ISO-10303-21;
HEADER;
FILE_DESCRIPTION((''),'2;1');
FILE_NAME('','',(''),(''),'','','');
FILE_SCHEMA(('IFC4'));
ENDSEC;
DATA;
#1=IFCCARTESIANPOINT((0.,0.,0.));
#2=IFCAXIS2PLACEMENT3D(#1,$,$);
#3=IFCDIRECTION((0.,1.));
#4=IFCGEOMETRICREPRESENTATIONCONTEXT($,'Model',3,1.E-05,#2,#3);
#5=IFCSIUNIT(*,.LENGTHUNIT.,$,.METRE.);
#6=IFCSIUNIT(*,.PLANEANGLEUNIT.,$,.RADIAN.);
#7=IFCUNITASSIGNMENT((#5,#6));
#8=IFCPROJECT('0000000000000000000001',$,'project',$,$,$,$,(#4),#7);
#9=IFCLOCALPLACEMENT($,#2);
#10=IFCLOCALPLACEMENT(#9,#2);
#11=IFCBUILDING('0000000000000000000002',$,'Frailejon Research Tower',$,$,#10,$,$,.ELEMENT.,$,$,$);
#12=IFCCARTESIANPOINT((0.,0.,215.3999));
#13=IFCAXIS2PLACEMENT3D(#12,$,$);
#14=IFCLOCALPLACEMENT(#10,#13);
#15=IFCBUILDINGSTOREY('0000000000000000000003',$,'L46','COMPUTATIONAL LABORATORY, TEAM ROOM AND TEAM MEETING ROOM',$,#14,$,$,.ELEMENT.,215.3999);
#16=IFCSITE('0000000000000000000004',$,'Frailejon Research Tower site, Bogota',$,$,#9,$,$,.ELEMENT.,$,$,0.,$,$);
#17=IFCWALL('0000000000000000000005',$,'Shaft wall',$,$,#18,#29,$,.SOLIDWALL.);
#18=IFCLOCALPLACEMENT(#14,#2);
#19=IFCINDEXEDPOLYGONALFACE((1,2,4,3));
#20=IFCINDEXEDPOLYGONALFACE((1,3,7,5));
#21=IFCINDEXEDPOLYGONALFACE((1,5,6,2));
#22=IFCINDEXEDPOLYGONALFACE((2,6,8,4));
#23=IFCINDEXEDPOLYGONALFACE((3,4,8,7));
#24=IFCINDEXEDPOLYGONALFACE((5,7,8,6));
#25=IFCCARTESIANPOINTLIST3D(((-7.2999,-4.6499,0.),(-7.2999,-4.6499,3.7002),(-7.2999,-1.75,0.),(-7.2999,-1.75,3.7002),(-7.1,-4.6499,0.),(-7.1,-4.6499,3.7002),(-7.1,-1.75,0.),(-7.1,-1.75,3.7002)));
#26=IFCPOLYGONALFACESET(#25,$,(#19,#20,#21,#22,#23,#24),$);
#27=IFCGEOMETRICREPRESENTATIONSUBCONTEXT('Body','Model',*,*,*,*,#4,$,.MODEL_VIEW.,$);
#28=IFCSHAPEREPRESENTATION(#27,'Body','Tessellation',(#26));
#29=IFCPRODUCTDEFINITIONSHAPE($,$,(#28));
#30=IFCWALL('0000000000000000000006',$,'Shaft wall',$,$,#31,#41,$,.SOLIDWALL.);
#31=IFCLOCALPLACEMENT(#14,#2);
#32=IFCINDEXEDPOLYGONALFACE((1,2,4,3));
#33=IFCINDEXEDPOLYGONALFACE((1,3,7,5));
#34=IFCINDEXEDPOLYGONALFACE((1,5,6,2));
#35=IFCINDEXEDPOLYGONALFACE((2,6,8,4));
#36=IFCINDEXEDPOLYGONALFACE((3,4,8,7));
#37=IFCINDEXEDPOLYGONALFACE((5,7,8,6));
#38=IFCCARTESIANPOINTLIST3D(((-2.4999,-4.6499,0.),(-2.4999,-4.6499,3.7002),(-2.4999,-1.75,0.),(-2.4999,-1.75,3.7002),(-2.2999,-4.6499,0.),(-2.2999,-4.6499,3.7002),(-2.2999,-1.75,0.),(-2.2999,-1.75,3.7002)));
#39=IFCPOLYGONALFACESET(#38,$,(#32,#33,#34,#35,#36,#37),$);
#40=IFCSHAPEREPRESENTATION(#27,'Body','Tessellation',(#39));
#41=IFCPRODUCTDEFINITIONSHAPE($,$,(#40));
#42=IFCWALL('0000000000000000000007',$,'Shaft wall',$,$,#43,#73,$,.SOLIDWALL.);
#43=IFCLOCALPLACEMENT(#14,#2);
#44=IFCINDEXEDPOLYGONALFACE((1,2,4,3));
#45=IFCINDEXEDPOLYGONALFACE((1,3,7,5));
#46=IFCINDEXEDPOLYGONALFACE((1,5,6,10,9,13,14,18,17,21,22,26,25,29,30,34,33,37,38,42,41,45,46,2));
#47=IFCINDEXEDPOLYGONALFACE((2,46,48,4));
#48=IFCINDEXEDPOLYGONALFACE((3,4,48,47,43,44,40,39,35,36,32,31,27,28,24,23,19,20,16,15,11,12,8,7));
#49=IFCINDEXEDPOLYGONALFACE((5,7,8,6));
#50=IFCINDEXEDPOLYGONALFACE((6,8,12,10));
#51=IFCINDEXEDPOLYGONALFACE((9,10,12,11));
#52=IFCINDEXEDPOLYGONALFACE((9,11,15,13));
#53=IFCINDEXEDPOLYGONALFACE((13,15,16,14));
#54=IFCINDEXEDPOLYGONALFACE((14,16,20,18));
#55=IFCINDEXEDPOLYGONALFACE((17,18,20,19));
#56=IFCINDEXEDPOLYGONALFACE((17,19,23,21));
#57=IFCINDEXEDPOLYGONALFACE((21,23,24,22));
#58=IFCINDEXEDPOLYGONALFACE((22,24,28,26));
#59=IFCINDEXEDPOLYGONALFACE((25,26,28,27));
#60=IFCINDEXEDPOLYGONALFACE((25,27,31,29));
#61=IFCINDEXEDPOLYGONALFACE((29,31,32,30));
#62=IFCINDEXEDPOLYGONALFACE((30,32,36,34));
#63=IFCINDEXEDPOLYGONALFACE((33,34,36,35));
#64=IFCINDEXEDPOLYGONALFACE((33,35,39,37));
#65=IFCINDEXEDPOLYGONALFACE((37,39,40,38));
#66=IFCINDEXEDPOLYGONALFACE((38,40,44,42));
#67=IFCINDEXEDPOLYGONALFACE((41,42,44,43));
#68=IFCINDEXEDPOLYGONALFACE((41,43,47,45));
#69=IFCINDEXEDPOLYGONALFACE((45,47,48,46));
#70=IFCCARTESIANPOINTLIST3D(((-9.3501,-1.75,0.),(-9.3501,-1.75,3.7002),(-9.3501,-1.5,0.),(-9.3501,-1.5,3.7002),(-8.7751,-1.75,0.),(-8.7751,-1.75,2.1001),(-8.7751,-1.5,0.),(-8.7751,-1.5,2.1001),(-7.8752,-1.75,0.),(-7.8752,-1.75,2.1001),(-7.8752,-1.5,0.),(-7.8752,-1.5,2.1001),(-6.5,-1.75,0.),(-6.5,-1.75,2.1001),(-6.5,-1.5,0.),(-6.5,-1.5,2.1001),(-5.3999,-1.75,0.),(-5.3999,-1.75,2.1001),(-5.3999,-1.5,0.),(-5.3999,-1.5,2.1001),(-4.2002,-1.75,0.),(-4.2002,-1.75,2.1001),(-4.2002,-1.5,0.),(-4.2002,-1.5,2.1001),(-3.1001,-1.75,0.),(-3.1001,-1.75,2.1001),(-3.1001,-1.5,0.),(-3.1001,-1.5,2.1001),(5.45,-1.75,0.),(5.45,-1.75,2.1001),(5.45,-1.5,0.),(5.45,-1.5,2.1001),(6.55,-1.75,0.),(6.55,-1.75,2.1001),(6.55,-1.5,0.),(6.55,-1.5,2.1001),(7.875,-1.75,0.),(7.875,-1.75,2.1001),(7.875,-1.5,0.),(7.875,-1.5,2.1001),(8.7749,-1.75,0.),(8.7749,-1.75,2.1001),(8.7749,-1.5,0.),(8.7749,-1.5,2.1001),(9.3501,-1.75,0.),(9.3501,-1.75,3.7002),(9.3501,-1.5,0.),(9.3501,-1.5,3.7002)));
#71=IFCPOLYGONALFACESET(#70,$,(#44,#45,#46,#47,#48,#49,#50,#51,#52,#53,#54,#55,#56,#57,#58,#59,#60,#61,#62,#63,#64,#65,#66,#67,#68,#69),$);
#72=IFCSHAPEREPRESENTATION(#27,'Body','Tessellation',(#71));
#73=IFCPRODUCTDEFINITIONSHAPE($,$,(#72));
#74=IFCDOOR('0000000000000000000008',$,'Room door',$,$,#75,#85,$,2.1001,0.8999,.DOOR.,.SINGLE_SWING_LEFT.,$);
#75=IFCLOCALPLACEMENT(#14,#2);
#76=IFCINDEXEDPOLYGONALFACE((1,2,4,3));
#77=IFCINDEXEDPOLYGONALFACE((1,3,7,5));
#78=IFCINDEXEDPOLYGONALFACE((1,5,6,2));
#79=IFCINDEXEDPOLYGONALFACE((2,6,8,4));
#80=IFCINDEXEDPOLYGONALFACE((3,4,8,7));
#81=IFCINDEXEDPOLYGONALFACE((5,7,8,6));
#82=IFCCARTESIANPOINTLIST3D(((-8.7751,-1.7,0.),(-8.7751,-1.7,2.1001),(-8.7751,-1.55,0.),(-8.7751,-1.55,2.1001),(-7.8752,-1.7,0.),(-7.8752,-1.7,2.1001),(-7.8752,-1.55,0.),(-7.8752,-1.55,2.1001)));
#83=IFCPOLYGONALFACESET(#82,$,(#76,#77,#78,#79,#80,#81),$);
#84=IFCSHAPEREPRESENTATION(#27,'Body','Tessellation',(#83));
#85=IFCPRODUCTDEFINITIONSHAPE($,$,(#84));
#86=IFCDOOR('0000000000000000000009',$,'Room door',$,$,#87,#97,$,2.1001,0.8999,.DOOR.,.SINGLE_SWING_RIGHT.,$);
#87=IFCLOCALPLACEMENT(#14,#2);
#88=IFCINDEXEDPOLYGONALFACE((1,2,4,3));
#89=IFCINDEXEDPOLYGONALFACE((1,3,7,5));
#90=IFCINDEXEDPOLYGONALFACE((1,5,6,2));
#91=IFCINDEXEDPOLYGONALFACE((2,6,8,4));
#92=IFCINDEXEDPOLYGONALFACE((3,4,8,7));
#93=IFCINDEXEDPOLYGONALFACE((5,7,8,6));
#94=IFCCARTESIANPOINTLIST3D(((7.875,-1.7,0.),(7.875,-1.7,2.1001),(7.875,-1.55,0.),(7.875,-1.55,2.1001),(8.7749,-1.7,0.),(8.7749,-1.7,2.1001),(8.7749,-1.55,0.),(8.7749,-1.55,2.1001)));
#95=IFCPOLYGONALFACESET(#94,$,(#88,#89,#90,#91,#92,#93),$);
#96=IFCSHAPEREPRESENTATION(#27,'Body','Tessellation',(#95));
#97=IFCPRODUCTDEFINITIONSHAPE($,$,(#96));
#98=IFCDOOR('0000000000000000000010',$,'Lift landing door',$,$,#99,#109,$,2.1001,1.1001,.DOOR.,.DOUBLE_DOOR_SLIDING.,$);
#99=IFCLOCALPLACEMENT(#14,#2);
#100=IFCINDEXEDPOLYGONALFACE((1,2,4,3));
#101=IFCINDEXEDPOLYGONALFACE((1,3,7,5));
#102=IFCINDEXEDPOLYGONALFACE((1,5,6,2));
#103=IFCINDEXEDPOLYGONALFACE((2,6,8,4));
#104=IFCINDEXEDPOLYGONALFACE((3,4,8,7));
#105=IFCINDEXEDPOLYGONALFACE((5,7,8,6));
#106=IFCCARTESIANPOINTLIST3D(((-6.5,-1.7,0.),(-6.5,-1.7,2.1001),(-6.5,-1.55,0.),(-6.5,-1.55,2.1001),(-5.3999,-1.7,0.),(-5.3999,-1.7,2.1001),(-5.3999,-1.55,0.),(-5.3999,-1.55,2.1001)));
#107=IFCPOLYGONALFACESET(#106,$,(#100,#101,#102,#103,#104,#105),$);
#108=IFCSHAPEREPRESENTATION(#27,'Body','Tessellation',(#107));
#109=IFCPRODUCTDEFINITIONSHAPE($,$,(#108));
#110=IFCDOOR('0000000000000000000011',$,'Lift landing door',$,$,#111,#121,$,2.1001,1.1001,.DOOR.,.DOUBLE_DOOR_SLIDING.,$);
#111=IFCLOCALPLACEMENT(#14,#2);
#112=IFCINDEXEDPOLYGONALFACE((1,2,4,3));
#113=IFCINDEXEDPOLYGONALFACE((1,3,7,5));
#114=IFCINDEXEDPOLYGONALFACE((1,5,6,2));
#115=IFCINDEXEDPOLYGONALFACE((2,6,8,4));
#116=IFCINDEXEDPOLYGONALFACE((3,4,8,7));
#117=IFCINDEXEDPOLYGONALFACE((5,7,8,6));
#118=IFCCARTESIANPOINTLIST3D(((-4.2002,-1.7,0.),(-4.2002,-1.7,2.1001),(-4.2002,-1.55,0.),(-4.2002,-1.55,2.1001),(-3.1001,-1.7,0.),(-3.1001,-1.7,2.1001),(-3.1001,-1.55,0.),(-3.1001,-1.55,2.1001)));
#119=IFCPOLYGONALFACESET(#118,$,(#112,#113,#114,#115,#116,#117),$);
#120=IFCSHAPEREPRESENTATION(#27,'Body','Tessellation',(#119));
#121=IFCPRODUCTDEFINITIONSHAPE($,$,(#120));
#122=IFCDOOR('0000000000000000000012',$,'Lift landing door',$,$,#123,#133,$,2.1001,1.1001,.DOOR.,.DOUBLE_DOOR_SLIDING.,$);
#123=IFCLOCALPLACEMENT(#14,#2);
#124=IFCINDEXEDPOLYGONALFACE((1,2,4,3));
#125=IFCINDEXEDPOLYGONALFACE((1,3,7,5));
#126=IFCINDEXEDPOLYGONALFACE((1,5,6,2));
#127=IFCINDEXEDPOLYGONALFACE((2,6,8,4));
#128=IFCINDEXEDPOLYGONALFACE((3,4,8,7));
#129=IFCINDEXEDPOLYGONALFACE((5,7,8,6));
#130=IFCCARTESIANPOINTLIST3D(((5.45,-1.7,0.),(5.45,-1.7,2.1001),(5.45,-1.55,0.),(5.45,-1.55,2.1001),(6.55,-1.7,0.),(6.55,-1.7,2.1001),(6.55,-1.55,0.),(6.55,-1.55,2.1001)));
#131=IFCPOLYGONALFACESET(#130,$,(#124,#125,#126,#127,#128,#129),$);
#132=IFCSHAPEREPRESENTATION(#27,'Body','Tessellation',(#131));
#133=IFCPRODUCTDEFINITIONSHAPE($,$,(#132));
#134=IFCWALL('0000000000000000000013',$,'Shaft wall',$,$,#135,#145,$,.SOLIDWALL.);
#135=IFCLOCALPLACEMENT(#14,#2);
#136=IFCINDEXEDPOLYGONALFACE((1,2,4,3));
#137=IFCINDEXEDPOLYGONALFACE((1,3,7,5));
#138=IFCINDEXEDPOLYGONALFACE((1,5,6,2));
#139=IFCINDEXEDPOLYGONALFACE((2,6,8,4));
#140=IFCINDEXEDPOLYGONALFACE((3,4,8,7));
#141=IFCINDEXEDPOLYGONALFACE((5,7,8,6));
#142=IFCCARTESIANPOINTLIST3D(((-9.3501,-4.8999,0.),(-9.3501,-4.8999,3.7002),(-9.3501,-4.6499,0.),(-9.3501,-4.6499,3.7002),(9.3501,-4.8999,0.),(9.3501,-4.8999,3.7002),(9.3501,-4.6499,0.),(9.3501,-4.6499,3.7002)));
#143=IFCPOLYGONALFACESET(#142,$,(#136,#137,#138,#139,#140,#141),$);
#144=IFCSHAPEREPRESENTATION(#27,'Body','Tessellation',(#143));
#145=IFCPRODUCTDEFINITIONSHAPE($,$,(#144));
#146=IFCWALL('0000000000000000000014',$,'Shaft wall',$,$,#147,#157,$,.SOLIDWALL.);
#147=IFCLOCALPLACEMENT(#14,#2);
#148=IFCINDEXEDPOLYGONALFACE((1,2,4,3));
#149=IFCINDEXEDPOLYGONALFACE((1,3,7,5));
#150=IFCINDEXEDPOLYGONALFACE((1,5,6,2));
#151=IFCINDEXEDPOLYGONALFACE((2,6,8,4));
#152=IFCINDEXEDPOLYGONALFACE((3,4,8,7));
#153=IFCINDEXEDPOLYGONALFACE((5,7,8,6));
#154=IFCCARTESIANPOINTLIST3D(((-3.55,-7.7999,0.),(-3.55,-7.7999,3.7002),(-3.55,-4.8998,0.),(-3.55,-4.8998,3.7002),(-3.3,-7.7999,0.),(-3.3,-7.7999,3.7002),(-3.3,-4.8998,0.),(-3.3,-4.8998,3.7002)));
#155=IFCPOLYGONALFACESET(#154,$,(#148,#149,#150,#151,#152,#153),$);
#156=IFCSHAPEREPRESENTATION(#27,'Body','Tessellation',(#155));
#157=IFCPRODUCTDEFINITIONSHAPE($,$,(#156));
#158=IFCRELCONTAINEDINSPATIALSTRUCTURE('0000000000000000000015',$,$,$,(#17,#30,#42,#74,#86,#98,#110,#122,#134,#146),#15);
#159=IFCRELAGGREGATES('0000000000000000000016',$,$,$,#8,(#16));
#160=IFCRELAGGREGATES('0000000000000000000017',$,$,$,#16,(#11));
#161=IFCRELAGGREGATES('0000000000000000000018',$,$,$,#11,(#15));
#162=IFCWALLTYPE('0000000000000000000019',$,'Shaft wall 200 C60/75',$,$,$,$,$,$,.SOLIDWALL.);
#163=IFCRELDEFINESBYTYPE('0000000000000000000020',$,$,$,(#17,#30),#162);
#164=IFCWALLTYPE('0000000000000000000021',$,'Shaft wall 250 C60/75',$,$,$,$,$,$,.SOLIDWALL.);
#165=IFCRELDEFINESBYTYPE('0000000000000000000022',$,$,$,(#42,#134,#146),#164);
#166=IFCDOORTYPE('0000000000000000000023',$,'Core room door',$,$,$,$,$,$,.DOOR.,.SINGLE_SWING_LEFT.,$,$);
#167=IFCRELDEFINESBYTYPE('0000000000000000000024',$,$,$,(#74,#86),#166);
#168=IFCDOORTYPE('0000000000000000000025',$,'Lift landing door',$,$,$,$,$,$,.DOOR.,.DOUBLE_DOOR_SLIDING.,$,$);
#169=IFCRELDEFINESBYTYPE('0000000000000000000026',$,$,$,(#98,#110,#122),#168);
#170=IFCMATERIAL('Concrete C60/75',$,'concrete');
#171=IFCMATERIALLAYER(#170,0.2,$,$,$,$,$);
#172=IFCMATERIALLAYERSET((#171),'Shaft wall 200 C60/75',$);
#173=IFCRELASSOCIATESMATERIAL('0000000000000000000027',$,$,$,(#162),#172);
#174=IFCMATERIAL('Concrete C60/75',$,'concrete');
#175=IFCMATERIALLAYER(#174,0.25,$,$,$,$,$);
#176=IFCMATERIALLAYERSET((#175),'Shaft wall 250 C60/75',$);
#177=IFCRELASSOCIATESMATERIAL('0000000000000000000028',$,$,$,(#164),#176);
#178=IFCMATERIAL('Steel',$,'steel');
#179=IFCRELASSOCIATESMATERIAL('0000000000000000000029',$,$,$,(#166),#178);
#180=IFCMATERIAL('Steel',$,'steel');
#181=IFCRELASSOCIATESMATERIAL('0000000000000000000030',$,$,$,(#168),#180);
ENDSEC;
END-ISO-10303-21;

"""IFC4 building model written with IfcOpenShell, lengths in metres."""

from ifc_helpers import new_model, si_unit, direction, frame, frame_2d, origin, place, context, subcontext, project, spatial, rectangle, extrude, material, layer, layer_set, type_object, element, fill, save


model = new_model("IFC4")

# Units and contexts
model_context = context("Model", 3, precision=1e-05, world=origin(), true_north=direction((0.0, 1.0)))
body_context = subcontext(model_context, "Body", "Model", "MODEL_VIEW")
ifc_project = project(units=[si_unit("LENGTHUNIT", "METRE"), si_unit("PLANEANGLEUNIT", "RADIAN")], contexts=[model_context])

# Site, building, storey
site_placement = place(None, origin())
site = spatial("IfcSite", under=ifc_project, at=site_placement, Name="Frailejon Research Tower site, Bogota", CompositionType="ELEMENT", RefElevation=0.0)
building_placement = place(site_placement, origin())
building = spatial("IfcBuilding", under=site, at=building_placement, Name="Frailejon Research Tower", CompositionType="ELEMENT")
storey_placement = place(building_placement, frame((0.0, 0.0, 215.3999)))
storey = spatial("IfcBuildingStorey", under=building, at=storey_placement, Name="L46", Description="COMPUTATIONAL LABORATORY, TEAM ROOM AND TEAM MEETING ROOM", CompositionType="ELEMENT", Elevation=215.3999)

# Walls
ifc_material_1 = material(Name="Concrete C60/75", Category="concrete")
ifc_layer_1 = layer(ifc_material_1, 0.2)
ifc_layer_set_1 = layer_set([ifc_layer_1], Name="Shaft wall 200 C60/75")
wall_type_1 = type_object("IfcWallType", Name="Shaft wall 200 C60/75", PredefinedType="SOLIDWALL", material=ifc_layer_set_1)
for number, where, z_axis, x_axis, name in (
    (1, (-7.2, -4.6499, 0.0), (0.0, 0.0, 1.0), (0.0, 1.0, 0.0), "Shaft wall"),
    (2, (-2.3999, -4.6499, 0.0), (0.0, 0.0, 1.0), (0.0, 1.0, 0.0), "Shaft wall"),
):
    element("IfcWall", number, at=place(storey_placement, frame(where, z_axis=z_axis, x_axis=x_axis)), inside=storey, type_object=wall_type_1, Name=name, PredefinedType="SOLIDWALL", context=body_context, shape_type="SweptSolid", body=[
        extrude(rectangle(XDim=2.8999, YDim=0.2, at=frame_2d((1.45, 0.0))), origin(), (0.0, 0.0, 1.0), 3.7002),
    ])

# Wall, openings, doors
ifc_material_2 = material(Name="Concrete C60/75", Category="concrete")
ifc_layer_2 = layer(ifc_material_2, 0.25)
ifc_layer_set_2 = layer_set([ifc_layer_2], Name="Shaft wall 250 C60/75")
wall_type_2 = type_object("IfcWallType", Name="Shaft wall 250 C60/75", PredefinedType="SOLIDWALL", material=ifc_layer_set_2)
wall_1_placement = place(storey_placement, frame((-9.3501, -1.625, 0.0), z_axis=(0.0, 0.0, 1.0), x_axis=(1.0, 0.0, 0.0)))
wall_1 = element("IfcWall", 3, at=wall_1_placement, inside=storey, type_object=wall_type_2, Name="Shaft wall", PredefinedType="SOLIDWALL", context=body_context, shape_type="SweptSolid", body=[
    extrude(rectangle(XDim=18.7002, YDim=0.25, at=frame_2d((9.3501, 0.0))), origin(), (0.0, 0.0, 1.0), 3.7002),
])
opening_1_placement = place(wall_1_placement, frame((2.8501, 0.0, 0.0)))
opening_1 = element("IfcOpeningElement", 4, at=opening_1_placement, cuts=wall_1, PredefinedType="OPENING", context=body_context, shape_type="SweptSolid", body=[
    extrude(rectangle(XDim=1.1001, YDim=2.1001, at=frame_2d((0.55, 1.05))), frame((0.0, 0.135, 0.0), z_axis=(0.0, -1.0, 0.0), x_axis=(1.0, 0.0, 0.0)), (0.0, 0.0, 1.0), 0.27),
])
opening_2_placement = place(wall_1_placement, frame((5.1499, 0.0, 0.0)))
opening_2 = element("IfcOpeningElement", 5, at=opening_2_placement, cuts=wall_1, PredefinedType="OPENING", context=body_context, shape_type="SweptSolid", body=[
    extrude(rectangle(XDim=1.1001, YDim=2.1001, at=frame_2d((0.55, 1.05))), frame((0.0, 0.135, 0.0), z_axis=(0.0, -1.0, 0.0), x_axis=(1.0, 0.0, 0.0)), (0.0, 0.0, 1.0), 0.27),
])
opening_3_placement = place(wall_1_placement, frame((14.8, 0.0, 0.0)))
opening_3 = element("IfcOpeningElement", 6, at=opening_3_placement, cuts=wall_1, PredefinedType="OPENING", context=body_context, shape_type="SweptSolid", body=[
    extrude(rectangle(XDim=1.1001, YDim=2.1001, at=frame_2d((0.55, 1.05))), frame((0.0, 0.135, 0.0), z_axis=(0.0, -1.0, 0.0), x_axis=(1.0, 0.0, 0.0)), (0.0, 0.0, 1.0), 0.27),
])
opening_4_placement = place(wall_1_placement, frame((0.575, 0.0, 0.0)))
opening_4 = element("IfcOpeningElement", 7, at=opening_4_placement, cuts=wall_1, PredefinedType="OPENING", context=body_context, shape_type="SweptSolid", body=[
    extrude(rectangle(XDim=0.8999, YDim=2.1001, at=frame_2d((0.45, 1.05))), frame((0.0, 0.135, 0.0), z_axis=(0.0, -1.0, 0.0), x_axis=(1.0, 0.0, 0.0)), (0.0, 0.0, 1.0), 0.27),
])
opening_5_placement = place(wall_1_placement, frame((17.2251, 0.0, 0.0)))
opening_5 = element("IfcOpeningElement", 8, at=opening_5_placement, cuts=wall_1, PredefinedType="OPENING", context=body_context, shape_type="SweptSolid", body=[
    extrude(rectangle(XDim=0.8999, YDim=2.1001, at=frame_2d((0.45, 1.05))), frame((0.0, 0.135, 0.0), z_axis=(0.0, -1.0, 0.0), x_axis=(1.0, 0.0, 0.0)), (0.0, 0.0, 1.0), 0.27),
])
ifc_material_3 = material(Name="Steel", Category="steel")
door_type_1 = type_object("IfcDoorType", Name="Core room door", OperationType="SINGLE_SWING_LEFT", PredefinedType="DOOR", material=ifc_material_3)
door_1_placement = place(opening_4_placement, origin())
door_1 = element("IfcDoor", 9, at=door_1_placement, inside=storey, type_object=door_type_1, Name="Room door", OperationType="SINGLE_SWING_LEFT", OverallHeight=2.1001, OverallWidth=0.8999, PredefinedType="DOOR", context=body_context, shape_type="SweptSolid", body=[
    extrude(rectangle(XDim=0.8999, YDim=2.1001, at=frame_2d((0.45, 1.05))), frame((0.0, 0.075, 0.0), z_axis=(0.0, -1.0, 0.0), x_axis=(1.0, 0.0, 0.0)), (0.0, 0.0, 1.0), 0.1499),
])
fill(opening_4, door_1)
door_2_placement = place(opening_5_placement, origin())
door_2 = element("IfcDoor", 10, at=door_2_placement, inside=storey, type_object=door_type_1, Name="Room door", OperationType="SINGLE_SWING_RIGHT", OverallHeight=2.1001, OverallWidth=0.8999, PredefinedType="DOOR", context=body_context, shape_type="SweptSolid", body=[
    extrude(rectangle(XDim=0.8999, YDim=2.1001, at=frame_2d((0.45, 1.05))), frame((0.0, 0.075, 0.0), z_axis=(0.0, -1.0, 0.0), x_axis=(1.0, 0.0, 0.0)), (0.0, 0.0, 1.0), 0.1499),
])
fill(opening_5, door_2)
ifc_material_4 = material(Name="Steel", Category="steel")
door_type_2 = type_object("IfcDoorType", Name="Lift landing door", OperationType="DOUBLE_DOOR_SLIDING", PredefinedType="DOOR", material=ifc_material_4)
door_3_placement = place(opening_1_placement, origin())
door_3 = element("IfcDoor", 11, at=door_3_placement, inside=storey, type_object=door_type_2, Name="Lift landing door", OperationType="DOUBLE_DOOR_SLIDING", OverallHeight=2.1001, OverallWidth=1.1001, PredefinedType="DOOR", context=body_context, shape_type="SweptSolid", body=[
    extrude(rectangle(XDim=1.1001, YDim=2.1001, at=frame_2d((0.55, 1.05))), frame((0.0, 0.075, 0.0), z_axis=(0.0, -1.0, 0.0), x_axis=(1.0, 0.0, 0.0)), (0.0, 0.0, 1.0), 0.1499),
])
fill(opening_1, door_3)
door_4_placement = place(opening_2_placement, origin())
door_4 = element("IfcDoor", 12, at=door_4_placement, inside=storey, type_object=door_type_2, Name="Lift landing door", OperationType="DOUBLE_DOOR_SLIDING", OverallHeight=2.1001, OverallWidth=1.1001, PredefinedType="DOOR", context=body_context, shape_type="SweptSolid", body=[
    extrude(rectangle(XDim=1.1001, YDim=2.1001, at=frame_2d((0.55, 1.05))), frame((0.0, 0.075, 0.0), z_axis=(0.0, -1.0, 0.0), x_axis=(1.0, 0.0, 0.0)), (0.0, 0.0, 1.0), 0.1499),
])
fill(opening_2, door_4)
door_5_placement = place(opening_3_placement, origin())
door_5 = element("IfcDoor", 13, at=door_5_placement, inside=storey, type_object=door_type_2, Name="Lift landing door", OperationType="DOUBLE_DOOR_SLIDING", OverallHeight=2.1001, OverallWidth=1.1001, PredefinedType="DOOR", context=body_context, shape_type="SweptSolid", body=[
    extrude(rectangle(XDim=1.1001, YDim=2.1001, at=frame_2d((0.55, 1.05))), frame((0.0, 0.075, 0.0), z_axis=(0.0, -1.0, 0.0), x_axis=(1.0, 0.0, 0.0)), (0.0, 0.0, 1.0), 0.1499),
])
fill(opening_3, door_5)

# Walls
wall_2_placement = place(storey_placement, frame((-9.3501, -4.7749, 0.0), z_axis=(0.0, 0.0, 1.0), x_axis=(1.0, 0.0, 0.0)))
element("IfcWall", 14, at=wall_2_placement, inside=storey, type_object=wall_type_2, Name="Shaft wall", PredefinedType="SOLIDWALL", context=body_context, shape_type="SweptSolid", body=[
    extrude(rectangle(XDim=18.7002, YDim=0.25, at=frame_2d((9.3501, 0.0))), origin(), (0.0, 0.0, 1.0), 3.7002),
])
wall_3_placement = place(storey_placement, frame((-3.425, -7.8, 0.0), z_axis=(0.0, 0.0, 1.0), x_axis=(0.0, 1.0, 0.0)))
element("IfcWall", 15, at=wall_3_placement, inside=storey, type_object=wall_type_2, Name="Shaft wall", PredefinedType="SOLIDWALL", context=body_context, shape_type="SweptSolid", body=[
    extrude(rectangle(XDim=2.9001, YDim=0.25, at=frame_2d((1.4502, 0.0))), origin(), (0.0, 0.0, 1.0), 3.7002),
])

save(model, "model.ifc")
